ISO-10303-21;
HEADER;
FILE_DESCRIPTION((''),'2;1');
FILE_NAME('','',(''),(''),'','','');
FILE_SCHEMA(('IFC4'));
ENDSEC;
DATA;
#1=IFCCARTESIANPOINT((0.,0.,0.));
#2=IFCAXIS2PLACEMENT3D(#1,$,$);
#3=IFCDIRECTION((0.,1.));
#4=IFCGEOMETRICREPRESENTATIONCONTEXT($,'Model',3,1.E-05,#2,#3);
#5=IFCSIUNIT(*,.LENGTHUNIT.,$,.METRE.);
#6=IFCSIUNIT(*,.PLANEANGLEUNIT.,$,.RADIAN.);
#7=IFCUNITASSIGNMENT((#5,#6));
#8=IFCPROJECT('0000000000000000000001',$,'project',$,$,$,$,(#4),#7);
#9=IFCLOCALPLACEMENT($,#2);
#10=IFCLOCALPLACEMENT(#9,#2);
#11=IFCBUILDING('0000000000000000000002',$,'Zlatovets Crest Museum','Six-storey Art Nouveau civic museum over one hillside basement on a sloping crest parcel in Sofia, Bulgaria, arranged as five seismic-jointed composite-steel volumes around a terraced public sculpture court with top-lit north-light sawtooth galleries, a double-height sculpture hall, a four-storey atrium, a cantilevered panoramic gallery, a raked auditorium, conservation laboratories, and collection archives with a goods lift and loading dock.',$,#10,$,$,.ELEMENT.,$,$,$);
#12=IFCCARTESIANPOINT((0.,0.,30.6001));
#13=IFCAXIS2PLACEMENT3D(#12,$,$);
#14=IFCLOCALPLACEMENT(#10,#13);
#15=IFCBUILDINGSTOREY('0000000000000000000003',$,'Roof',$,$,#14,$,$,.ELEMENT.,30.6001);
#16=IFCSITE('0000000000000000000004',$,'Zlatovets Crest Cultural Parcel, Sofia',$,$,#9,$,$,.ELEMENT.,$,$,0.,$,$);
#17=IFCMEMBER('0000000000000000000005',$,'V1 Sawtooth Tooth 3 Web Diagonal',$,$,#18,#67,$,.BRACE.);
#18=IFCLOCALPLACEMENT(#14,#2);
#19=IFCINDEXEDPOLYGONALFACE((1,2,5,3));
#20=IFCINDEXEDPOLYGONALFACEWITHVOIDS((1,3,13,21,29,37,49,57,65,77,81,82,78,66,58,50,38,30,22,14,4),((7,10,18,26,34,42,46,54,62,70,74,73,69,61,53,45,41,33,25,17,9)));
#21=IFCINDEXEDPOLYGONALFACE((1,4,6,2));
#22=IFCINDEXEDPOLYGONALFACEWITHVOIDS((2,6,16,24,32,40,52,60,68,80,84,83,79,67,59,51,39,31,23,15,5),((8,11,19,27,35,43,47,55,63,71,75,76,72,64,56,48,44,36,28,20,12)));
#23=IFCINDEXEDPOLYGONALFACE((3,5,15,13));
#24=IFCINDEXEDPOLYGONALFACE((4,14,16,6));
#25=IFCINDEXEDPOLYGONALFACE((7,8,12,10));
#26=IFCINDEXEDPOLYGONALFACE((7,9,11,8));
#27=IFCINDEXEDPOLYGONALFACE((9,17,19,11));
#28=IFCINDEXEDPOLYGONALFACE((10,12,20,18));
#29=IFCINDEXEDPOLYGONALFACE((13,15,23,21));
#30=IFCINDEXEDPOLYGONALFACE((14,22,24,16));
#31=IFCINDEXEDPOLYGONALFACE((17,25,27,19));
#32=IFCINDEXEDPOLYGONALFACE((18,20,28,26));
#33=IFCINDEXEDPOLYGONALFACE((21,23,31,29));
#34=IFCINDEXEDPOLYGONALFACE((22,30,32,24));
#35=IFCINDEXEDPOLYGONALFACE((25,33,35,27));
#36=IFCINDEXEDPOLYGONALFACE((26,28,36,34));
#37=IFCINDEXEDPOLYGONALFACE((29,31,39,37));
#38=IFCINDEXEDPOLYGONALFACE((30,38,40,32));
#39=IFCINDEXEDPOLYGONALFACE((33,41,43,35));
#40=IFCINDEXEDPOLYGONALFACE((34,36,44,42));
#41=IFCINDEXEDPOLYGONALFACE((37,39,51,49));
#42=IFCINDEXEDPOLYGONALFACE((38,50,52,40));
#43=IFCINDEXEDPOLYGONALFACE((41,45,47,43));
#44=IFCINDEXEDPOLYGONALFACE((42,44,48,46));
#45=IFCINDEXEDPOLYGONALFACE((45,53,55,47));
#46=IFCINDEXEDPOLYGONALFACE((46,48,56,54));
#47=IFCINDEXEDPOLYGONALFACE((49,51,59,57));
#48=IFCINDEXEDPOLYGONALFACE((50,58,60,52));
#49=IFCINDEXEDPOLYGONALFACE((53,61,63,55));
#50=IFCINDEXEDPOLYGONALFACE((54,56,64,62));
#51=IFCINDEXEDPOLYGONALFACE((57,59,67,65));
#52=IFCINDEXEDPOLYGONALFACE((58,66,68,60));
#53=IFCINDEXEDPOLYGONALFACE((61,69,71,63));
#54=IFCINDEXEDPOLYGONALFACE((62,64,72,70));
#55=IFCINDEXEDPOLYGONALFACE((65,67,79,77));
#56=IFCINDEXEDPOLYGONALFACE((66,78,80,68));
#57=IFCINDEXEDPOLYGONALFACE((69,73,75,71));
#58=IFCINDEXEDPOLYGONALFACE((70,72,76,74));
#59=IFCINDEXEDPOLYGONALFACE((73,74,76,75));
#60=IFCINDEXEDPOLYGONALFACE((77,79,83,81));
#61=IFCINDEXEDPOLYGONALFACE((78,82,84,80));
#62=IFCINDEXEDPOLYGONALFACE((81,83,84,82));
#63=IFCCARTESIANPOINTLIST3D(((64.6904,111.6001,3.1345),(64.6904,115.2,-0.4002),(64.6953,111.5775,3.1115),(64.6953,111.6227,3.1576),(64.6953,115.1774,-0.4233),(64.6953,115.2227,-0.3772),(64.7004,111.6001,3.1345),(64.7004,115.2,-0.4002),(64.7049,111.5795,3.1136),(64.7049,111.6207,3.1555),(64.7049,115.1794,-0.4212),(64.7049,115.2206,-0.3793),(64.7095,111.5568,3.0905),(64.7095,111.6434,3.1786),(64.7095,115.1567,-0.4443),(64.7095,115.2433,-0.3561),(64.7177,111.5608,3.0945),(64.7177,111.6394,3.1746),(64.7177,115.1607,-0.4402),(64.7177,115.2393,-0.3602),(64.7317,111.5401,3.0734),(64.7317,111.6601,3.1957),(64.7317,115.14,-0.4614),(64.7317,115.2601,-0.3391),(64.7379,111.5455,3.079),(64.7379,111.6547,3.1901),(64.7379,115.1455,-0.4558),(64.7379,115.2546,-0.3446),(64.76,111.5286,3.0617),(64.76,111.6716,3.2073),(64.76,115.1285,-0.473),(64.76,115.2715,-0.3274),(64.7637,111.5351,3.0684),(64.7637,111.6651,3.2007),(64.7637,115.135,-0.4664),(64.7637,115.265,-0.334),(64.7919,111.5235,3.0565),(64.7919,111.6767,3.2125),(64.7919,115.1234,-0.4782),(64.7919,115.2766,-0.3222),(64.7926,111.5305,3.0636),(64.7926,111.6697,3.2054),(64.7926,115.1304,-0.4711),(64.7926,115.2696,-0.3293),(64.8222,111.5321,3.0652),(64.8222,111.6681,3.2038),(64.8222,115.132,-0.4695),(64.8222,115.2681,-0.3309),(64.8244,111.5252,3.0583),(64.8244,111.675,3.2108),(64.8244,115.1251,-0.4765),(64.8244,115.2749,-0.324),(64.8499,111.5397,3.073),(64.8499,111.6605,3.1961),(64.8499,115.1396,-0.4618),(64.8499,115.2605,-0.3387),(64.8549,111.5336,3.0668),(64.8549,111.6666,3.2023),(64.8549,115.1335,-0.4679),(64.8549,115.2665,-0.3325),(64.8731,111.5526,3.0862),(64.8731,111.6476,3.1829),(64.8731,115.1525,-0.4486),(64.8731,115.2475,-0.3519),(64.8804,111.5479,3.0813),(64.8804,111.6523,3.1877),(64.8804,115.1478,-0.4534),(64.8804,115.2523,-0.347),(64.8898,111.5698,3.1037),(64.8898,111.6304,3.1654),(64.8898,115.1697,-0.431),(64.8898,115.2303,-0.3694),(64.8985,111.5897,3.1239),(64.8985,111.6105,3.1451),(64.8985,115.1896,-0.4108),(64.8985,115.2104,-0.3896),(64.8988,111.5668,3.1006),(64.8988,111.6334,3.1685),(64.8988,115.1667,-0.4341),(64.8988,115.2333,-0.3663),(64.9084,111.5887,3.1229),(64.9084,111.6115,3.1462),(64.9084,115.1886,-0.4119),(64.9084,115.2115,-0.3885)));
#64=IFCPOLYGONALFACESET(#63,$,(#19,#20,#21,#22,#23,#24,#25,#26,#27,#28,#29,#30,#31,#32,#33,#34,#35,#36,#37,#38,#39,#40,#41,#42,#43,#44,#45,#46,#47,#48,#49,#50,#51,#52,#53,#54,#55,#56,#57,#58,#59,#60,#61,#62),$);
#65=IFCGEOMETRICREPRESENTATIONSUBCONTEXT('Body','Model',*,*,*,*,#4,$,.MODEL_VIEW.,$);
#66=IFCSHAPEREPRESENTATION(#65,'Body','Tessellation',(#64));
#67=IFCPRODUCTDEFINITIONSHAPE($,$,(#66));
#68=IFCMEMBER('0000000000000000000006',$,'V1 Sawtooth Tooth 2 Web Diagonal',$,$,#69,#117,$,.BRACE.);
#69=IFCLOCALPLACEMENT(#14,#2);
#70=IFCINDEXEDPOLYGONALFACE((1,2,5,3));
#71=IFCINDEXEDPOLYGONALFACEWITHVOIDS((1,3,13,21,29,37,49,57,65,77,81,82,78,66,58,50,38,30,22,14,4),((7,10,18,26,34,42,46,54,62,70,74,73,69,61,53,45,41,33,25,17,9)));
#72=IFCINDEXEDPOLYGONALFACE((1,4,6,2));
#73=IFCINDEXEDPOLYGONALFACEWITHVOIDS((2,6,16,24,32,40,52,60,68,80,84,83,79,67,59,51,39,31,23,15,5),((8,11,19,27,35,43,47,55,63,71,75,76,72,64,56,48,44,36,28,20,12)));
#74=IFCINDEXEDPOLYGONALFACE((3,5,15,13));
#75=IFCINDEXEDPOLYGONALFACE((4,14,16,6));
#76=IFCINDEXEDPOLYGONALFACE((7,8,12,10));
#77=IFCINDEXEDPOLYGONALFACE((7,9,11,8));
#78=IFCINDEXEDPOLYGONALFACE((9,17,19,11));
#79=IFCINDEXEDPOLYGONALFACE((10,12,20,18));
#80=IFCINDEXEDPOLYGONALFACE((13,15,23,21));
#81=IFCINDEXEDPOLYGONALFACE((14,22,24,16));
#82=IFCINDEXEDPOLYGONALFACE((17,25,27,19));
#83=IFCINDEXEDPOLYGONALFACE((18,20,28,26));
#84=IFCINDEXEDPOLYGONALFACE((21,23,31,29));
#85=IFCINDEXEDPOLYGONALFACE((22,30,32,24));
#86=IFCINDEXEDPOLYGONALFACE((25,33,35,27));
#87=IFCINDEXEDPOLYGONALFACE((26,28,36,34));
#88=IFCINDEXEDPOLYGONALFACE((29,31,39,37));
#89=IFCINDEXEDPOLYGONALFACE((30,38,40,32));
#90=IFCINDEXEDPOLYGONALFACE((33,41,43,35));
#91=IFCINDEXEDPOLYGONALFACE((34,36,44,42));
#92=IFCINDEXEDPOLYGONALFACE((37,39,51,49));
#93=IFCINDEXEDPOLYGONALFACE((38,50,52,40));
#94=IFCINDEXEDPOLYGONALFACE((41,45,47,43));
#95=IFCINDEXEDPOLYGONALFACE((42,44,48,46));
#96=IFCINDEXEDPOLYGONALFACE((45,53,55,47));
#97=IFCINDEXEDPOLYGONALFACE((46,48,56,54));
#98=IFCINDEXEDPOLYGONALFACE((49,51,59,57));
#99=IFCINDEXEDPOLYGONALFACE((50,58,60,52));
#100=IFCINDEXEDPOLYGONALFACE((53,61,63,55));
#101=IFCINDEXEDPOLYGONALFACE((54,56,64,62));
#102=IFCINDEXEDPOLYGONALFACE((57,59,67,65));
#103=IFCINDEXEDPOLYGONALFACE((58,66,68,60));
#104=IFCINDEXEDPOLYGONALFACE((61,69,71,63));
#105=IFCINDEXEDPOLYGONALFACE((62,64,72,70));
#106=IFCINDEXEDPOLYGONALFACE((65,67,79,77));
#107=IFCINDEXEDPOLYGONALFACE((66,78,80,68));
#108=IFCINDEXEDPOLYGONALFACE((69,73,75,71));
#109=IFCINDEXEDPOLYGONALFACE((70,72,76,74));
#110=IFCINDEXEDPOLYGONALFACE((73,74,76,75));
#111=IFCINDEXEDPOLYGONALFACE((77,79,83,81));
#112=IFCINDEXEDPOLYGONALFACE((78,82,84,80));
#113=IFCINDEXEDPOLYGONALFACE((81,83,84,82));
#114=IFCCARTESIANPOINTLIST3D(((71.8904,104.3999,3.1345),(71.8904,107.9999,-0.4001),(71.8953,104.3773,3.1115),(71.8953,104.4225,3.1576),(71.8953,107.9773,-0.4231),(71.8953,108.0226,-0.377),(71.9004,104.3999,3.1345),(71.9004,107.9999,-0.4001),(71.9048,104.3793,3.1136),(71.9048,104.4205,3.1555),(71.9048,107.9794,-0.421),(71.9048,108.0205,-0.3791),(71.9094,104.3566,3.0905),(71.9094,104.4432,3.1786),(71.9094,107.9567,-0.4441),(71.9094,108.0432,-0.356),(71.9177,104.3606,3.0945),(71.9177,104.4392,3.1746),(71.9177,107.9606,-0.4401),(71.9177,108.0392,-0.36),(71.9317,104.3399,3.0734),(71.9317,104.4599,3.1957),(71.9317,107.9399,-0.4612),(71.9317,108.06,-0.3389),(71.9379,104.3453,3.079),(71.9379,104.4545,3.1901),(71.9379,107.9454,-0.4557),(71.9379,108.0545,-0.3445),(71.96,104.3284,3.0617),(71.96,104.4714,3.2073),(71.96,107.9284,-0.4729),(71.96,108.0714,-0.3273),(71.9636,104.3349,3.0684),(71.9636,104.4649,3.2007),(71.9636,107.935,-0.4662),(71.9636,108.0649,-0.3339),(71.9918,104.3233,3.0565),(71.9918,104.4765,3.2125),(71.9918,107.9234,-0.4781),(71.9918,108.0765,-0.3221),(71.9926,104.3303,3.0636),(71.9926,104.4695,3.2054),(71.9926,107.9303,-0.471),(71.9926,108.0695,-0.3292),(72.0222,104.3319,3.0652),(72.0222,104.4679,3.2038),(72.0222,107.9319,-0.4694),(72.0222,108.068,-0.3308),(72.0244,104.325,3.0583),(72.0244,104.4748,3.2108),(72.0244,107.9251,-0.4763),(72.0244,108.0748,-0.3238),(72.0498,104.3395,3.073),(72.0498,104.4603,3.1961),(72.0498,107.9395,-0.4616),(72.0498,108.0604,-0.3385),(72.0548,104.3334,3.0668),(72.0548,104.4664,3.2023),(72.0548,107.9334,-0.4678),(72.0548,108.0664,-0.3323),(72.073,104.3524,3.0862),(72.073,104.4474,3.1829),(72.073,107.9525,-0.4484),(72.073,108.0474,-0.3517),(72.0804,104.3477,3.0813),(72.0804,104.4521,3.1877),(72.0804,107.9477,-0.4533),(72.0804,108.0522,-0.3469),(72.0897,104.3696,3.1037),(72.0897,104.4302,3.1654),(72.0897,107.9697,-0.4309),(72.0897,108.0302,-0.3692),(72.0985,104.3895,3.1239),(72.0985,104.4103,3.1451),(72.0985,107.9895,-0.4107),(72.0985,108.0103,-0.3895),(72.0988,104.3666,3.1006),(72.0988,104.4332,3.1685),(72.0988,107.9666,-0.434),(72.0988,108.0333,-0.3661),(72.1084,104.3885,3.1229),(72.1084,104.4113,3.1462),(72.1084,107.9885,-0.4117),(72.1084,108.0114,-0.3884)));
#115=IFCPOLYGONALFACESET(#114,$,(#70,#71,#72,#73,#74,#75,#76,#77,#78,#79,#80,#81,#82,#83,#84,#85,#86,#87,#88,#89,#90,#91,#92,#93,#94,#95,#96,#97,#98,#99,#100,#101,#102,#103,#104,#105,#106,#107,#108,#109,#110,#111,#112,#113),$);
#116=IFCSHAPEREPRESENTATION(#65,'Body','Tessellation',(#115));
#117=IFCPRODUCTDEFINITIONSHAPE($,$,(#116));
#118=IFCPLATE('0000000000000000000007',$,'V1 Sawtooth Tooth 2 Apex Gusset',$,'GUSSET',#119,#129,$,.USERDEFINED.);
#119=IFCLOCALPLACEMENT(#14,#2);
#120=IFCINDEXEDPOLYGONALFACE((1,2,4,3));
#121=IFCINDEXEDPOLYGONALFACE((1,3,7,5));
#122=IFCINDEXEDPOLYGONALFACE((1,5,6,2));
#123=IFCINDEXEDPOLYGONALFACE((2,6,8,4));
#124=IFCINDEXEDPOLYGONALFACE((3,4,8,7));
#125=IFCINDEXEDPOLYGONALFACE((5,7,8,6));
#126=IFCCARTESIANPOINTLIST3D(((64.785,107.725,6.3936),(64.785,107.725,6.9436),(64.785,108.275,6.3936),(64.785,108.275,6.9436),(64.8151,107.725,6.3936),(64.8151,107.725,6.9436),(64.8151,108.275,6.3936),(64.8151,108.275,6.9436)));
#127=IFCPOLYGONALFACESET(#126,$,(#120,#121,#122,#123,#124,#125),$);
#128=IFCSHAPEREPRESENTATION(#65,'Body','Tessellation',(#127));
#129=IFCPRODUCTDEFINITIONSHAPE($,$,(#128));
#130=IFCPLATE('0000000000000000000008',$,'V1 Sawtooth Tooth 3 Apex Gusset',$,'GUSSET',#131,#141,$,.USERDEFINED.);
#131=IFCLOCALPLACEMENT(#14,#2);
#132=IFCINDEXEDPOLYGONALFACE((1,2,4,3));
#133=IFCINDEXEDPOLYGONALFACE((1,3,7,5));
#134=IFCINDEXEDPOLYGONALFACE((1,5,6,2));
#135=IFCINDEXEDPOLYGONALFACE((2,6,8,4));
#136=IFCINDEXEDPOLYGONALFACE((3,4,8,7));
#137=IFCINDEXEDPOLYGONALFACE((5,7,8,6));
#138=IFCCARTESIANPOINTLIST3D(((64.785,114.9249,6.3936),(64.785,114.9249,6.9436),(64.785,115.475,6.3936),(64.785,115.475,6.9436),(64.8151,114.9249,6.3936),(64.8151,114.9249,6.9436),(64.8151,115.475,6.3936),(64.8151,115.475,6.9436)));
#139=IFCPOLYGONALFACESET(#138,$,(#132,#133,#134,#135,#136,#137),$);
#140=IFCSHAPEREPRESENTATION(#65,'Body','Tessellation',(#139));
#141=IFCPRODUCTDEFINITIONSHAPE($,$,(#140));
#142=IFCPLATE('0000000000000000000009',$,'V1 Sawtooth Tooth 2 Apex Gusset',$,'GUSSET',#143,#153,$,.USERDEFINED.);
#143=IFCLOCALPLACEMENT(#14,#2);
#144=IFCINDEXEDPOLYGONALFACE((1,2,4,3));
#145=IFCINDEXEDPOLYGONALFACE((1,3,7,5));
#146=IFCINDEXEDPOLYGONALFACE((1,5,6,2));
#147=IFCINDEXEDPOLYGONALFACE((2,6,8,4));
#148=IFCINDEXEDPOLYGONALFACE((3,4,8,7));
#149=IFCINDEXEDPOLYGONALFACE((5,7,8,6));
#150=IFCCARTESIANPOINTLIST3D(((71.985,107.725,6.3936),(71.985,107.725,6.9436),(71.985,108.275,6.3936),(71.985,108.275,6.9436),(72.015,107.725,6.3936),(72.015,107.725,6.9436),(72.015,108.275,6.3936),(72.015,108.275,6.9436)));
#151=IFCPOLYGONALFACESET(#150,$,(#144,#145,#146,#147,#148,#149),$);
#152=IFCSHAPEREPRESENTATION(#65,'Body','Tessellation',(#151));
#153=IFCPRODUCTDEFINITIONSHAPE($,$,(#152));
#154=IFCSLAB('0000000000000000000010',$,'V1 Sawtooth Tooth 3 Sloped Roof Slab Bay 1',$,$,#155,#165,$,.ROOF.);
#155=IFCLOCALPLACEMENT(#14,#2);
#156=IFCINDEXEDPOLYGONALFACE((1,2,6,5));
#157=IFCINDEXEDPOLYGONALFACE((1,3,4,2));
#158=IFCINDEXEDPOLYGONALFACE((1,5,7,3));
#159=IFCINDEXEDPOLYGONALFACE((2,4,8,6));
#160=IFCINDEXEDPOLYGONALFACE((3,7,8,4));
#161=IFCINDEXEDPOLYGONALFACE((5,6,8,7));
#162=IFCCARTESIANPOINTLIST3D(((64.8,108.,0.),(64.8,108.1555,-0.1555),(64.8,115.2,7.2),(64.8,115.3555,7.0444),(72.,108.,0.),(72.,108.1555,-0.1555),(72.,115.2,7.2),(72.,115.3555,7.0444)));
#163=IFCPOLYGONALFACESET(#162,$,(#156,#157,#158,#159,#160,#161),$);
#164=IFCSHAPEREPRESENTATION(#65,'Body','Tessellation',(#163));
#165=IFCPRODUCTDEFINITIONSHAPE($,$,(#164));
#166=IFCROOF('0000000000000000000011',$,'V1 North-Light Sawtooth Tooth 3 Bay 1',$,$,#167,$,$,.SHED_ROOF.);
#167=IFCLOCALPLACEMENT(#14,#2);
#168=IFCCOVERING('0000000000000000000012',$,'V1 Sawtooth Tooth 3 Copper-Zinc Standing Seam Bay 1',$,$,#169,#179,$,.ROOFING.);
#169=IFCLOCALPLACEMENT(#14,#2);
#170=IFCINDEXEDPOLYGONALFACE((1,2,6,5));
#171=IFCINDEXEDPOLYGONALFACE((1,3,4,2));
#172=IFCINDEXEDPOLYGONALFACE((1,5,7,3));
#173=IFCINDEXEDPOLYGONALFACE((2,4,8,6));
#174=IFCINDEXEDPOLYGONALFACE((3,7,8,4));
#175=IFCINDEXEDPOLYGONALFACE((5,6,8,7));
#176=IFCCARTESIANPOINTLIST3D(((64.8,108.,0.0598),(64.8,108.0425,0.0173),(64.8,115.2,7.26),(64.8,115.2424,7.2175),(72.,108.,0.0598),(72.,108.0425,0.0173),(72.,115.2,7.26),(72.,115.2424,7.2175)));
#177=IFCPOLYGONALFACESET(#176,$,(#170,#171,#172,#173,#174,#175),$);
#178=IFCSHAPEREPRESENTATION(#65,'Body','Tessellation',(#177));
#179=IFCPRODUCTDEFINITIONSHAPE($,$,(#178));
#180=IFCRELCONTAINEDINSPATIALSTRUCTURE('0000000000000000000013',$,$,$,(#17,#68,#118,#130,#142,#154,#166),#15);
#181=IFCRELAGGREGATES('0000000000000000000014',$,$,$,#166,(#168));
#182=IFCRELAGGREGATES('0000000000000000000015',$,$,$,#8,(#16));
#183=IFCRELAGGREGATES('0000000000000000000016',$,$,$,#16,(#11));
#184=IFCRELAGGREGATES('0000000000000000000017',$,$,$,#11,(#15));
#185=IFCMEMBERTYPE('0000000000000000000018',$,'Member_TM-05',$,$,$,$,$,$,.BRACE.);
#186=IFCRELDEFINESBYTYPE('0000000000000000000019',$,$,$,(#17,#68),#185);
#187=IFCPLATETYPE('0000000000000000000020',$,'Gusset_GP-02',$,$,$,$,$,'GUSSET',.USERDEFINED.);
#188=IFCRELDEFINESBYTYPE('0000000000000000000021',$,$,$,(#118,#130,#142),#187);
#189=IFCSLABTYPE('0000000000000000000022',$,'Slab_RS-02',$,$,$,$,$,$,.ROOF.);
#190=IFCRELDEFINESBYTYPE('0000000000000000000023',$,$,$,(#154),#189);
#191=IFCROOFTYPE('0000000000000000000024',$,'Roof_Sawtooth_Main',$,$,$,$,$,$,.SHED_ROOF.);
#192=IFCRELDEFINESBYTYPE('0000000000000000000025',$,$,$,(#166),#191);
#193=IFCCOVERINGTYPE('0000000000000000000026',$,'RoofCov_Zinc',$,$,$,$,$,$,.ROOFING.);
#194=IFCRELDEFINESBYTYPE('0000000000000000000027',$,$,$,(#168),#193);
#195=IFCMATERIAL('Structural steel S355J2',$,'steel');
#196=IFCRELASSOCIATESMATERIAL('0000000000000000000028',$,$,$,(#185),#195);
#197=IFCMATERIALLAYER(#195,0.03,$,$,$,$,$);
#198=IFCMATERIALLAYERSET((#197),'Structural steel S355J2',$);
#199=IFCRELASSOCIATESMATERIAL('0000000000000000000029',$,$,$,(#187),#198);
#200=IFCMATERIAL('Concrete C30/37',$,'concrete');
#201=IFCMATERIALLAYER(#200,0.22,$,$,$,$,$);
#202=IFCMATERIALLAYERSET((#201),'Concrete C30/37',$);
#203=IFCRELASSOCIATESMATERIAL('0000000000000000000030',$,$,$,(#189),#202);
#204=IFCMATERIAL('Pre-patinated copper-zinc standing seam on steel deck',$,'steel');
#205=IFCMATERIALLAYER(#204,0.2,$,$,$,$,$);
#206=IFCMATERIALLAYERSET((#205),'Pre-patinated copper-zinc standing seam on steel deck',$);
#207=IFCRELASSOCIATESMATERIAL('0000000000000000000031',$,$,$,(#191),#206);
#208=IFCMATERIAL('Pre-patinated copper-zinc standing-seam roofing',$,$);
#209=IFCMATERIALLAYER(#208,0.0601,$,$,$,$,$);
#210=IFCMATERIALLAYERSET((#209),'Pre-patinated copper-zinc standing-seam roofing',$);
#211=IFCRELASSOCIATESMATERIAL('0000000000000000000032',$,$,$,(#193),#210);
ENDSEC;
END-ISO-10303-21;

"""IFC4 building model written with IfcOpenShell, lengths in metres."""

from ifc_helpers import new_model, si_unit, direction, frame, origin, origin_2d, place, context, subcontext, project, spatial, polyline, rectangle, hollow_circle, outline, extrude, material, layer, layer_set, material_profile, profile_set, type_object, element, aggregate, save


model = new_model("IFC4")

# Units and contexts
model_context = context("Model", 3, precision=1e-05, world=origin(), true_north=direction((0.0, 1.0)))
body_context = subcontext(model_context, "Body", "Model", "MODEL_VIEW")
ifc_project = project(units=[si_unit("LENGTHUNIT", "METRE"), si_unit("PLANEANGLEUNIT", "RADIAN")], contexts=[model_context])

# Site, building, storey
site_placement = place(None, origin())
site = spatial("IfcSite", under=ifc_project, at=site_placement, Name="Zlatovets Crest Cultural Parcel, Sofia", CompositionType="ELEMENT", RefElevation=0.0)
building_placement = place(site_placement, origin())
building = spatial("IfcBuilding", under=site, at=building_placement, Name="Zlatovets Crest Museum", Description="Six-storey Art Nouveau civic museum over one hillside basement on a sloping crest parcel in Sofia, Bulgaria, arranged as five seismic-jointed composite-steel volumes around a terraced public sculpture court with top-lit north-light sawtooth galleries, a double-height sculpture hall, a four-storey atrium, a cantilevered panoramic gallery, a raked auditorium, conservation laboratories, and collection archives with a goods lift and loading dock.", CompositionType="ELEMENT")
storey_placement = place(building_placement, frame((0.0, 0.0, 30.6001)))
storey = spatial("IfcBuildingStorey", under=building, at=storey_placement, Name="Roof", CompositionType="ELEMENT", Elevation=30.6001)

# Shared definitions
ifc_material_1 = material(Name="Structural steel S355J2", Category="steel")

# Members
ifc_material_profile_1 = material_profile(ifc_material_1, hollow_circle(Radius=0.1096, WallThickness=0.01, at=origin_2d()), Name="CHS 219.1x10.0")
ifc_profile_set_1 = profile_set([ifc_material_profile_1], Name="Structural steel S355J2")
member_type_1 = type_object("IfcMemberType", Name="Member_TM-05", PredefinedType="BRACE", material=ifc_profile_set_1)
for number, where, z_axis, x_axis, name in (
    (1, (64.8, 111.6001, 3.1345), (0.0, 0.713538, -0.700617), (-1.0, 0.0, 0.0), "V1 Sawtooth Tooth 3 Web Diagonal"),
    (2, (72.0, 104.3999, 3.1345), (0.0, 0.713561, -0.700593), (-1.0, 0.0, 0.0), "V1 Sawtooth Tooth 2 Web Diagonal"),
):
    element("IfcMember", number, at=place(storey_placement, frame(where, z_axis=z_axis, x_axis=x_axis)), inside=storey, type_object=member_type_1, Name=name, PredefinedType="BRACE", context=body_context, shape_type="SweptSolid", body=[
        extrude(hollow_circle(Radius=0.1096, WallThickness=0.01, at=origin_2d()), origin(), (0.0, 0.0, 1.0), 5.0452),
    ])

# Plates
ifc_layer_1 = layer(ifc_material_1, 0.03)
ifc_layer_set_1 = layer_set([ifc_layer_1], Name="Structural steel S355J2")
plate_type = type_object("IfcPlateType", Name="Gusset_GP-02", ElementType="GUSSET", PredefinedType="USERDEFINED", material=ifc_layer_set_1)
for number, where, z_axis, x_axis, name in (
    (3, (64.8, 108.0, 6.3936), (0.0, 0.0, 1.0), (1.0, 0.0, 0.0), "V1 Sawtooth Tooth 2 Apex Gusset"),
    (4, (64.8, 115.2, 6.3936), (0.0, 0.0, 1.0), (1.0, 0.0, 0.0), "V1 Sawtooth Tooth 3 Apex Gusset"),
    (5, (72.0, 108.0, 6.3936), (0.0, 0.0, 1.0), (1.0, 0.0, 0.0), "V1 Sawtooth Tooth 2 Apex Gusset"),
):
    element("IfcPlate", number, at=place(storey_placement, frame(where, z_axis=z_axis, x_axis=x_axis)), inside=storey, type_object=plate_type, Name=name, ObjectType="GUSSET", PredefinedType="USERDEFINED", context=body_context, shape_type="SweptSolid", body=[
        extrude(rectangle(XDim=0.03, YDim=0.55, at=origin_2d()), origin(), (0.0, 0.0, 1.0), 0.55),
    ])

# Slab
ifc_material_2 = material(Name="Concrete C30/37", Category="concrete")
ifc_layer_2 = layer(ifc_material_2, 0.22)
ifc_layer_set_2 = layer_set([ifc_layer_2], Name="Concrete C30/37")
slab_type = type_object("IfcSlabType", Name="Slab_RS-02", PredefinedType="ROOF", material=ifc_layer_set_2)
slab_placement = place(storey_placement, frame((64.8, 108.0, 0.0), z_axis=(0.0, -0.707107, 0.707107), x_axis=(1.0, 0.0, 0.0)))
element("IfcSlab", 6, at=slab_placement, inside=storey, type_object=slab_type, Name="V1 Sawtooth Tooth 3 Sloped Roof Slab Bay 1", PredefinedType="ROOF", context=body_context, shape_type="SweptSolid", body=[
    extrude(outline(polyline([(0.0, 0.0), (7.2, 0.0), (7.2, 10.1823), (0.0, 10.1823), (0.0, 0.0)])), origin(), (0.0, 0.0, -1.0), 0.22),
])

# Roof, covering
ifc_material_3 = material(Name="Pre-patinated copper-zinc standing seam on steel deck", Category="steel")
ifc_layer_3 = layer(ifc_material_3, 0.2)
ifc_layer_set_3 = layer_set([ifc_layer_3], Name="Pre-patinated copper-zinc standing seam on steel deck")
roof_type = type_object("IfcRoofType", Name="Roof_Sawtooth_Main", PredefinedType="SHED_ROOF", material=ifc_layer_set_3)
roof_placement = place(storey_placement, origin())
roof = element("IfcRoof", 7, at=roof_placement, inside=storey, type_object=roof_type, Name="V1 North-Light Sawtooth Tooth 3 Bay 1", PredefinedType="SHED_ROOF")
ifc_material_4 = material(Name="Pre-patinated copper-zinc standing-seam roofing")
ifc_layer_4 = layer(ifc_material_4, 0.0601)
ifc_layer_set_4 = layer_set([ifc_layer_4], Name="Pre-patinated copper-zinc standing-seam roofing")
covering_type = type_object("IfcCoveringType", Name="RoofCov_Zinc", PredefinedType="ROOFING", material=ifc_layer_set_4)
covering_placement = place(storey_placement, frame((64.8, 108.0, 0.0598), z_axis=(0.0, -0.707119, 0.707095), x_axis=(1.0, 0.0, 0.0)))
covering = element("IfcCovering", 8, at=covering_placement, type_object=covering_type, Name="V1 Sawtooth Tooth 3 Copper-Zinc Standing Seam Bay 1", PredefinedType="ROOFING", context=body_context, shape_type="SweptSolid", body=[
    extrude(outline(polyline([(0.0, 0.0), (7.2, 0.0), (7.2, 10.1824), (0.0, 10.1824), (0.0, 0.0)])), origin(), (0.0, 0.0, -1.0), 0.0601),
])
aggregate(roof, [covering])

save(model, "model.ifc")
